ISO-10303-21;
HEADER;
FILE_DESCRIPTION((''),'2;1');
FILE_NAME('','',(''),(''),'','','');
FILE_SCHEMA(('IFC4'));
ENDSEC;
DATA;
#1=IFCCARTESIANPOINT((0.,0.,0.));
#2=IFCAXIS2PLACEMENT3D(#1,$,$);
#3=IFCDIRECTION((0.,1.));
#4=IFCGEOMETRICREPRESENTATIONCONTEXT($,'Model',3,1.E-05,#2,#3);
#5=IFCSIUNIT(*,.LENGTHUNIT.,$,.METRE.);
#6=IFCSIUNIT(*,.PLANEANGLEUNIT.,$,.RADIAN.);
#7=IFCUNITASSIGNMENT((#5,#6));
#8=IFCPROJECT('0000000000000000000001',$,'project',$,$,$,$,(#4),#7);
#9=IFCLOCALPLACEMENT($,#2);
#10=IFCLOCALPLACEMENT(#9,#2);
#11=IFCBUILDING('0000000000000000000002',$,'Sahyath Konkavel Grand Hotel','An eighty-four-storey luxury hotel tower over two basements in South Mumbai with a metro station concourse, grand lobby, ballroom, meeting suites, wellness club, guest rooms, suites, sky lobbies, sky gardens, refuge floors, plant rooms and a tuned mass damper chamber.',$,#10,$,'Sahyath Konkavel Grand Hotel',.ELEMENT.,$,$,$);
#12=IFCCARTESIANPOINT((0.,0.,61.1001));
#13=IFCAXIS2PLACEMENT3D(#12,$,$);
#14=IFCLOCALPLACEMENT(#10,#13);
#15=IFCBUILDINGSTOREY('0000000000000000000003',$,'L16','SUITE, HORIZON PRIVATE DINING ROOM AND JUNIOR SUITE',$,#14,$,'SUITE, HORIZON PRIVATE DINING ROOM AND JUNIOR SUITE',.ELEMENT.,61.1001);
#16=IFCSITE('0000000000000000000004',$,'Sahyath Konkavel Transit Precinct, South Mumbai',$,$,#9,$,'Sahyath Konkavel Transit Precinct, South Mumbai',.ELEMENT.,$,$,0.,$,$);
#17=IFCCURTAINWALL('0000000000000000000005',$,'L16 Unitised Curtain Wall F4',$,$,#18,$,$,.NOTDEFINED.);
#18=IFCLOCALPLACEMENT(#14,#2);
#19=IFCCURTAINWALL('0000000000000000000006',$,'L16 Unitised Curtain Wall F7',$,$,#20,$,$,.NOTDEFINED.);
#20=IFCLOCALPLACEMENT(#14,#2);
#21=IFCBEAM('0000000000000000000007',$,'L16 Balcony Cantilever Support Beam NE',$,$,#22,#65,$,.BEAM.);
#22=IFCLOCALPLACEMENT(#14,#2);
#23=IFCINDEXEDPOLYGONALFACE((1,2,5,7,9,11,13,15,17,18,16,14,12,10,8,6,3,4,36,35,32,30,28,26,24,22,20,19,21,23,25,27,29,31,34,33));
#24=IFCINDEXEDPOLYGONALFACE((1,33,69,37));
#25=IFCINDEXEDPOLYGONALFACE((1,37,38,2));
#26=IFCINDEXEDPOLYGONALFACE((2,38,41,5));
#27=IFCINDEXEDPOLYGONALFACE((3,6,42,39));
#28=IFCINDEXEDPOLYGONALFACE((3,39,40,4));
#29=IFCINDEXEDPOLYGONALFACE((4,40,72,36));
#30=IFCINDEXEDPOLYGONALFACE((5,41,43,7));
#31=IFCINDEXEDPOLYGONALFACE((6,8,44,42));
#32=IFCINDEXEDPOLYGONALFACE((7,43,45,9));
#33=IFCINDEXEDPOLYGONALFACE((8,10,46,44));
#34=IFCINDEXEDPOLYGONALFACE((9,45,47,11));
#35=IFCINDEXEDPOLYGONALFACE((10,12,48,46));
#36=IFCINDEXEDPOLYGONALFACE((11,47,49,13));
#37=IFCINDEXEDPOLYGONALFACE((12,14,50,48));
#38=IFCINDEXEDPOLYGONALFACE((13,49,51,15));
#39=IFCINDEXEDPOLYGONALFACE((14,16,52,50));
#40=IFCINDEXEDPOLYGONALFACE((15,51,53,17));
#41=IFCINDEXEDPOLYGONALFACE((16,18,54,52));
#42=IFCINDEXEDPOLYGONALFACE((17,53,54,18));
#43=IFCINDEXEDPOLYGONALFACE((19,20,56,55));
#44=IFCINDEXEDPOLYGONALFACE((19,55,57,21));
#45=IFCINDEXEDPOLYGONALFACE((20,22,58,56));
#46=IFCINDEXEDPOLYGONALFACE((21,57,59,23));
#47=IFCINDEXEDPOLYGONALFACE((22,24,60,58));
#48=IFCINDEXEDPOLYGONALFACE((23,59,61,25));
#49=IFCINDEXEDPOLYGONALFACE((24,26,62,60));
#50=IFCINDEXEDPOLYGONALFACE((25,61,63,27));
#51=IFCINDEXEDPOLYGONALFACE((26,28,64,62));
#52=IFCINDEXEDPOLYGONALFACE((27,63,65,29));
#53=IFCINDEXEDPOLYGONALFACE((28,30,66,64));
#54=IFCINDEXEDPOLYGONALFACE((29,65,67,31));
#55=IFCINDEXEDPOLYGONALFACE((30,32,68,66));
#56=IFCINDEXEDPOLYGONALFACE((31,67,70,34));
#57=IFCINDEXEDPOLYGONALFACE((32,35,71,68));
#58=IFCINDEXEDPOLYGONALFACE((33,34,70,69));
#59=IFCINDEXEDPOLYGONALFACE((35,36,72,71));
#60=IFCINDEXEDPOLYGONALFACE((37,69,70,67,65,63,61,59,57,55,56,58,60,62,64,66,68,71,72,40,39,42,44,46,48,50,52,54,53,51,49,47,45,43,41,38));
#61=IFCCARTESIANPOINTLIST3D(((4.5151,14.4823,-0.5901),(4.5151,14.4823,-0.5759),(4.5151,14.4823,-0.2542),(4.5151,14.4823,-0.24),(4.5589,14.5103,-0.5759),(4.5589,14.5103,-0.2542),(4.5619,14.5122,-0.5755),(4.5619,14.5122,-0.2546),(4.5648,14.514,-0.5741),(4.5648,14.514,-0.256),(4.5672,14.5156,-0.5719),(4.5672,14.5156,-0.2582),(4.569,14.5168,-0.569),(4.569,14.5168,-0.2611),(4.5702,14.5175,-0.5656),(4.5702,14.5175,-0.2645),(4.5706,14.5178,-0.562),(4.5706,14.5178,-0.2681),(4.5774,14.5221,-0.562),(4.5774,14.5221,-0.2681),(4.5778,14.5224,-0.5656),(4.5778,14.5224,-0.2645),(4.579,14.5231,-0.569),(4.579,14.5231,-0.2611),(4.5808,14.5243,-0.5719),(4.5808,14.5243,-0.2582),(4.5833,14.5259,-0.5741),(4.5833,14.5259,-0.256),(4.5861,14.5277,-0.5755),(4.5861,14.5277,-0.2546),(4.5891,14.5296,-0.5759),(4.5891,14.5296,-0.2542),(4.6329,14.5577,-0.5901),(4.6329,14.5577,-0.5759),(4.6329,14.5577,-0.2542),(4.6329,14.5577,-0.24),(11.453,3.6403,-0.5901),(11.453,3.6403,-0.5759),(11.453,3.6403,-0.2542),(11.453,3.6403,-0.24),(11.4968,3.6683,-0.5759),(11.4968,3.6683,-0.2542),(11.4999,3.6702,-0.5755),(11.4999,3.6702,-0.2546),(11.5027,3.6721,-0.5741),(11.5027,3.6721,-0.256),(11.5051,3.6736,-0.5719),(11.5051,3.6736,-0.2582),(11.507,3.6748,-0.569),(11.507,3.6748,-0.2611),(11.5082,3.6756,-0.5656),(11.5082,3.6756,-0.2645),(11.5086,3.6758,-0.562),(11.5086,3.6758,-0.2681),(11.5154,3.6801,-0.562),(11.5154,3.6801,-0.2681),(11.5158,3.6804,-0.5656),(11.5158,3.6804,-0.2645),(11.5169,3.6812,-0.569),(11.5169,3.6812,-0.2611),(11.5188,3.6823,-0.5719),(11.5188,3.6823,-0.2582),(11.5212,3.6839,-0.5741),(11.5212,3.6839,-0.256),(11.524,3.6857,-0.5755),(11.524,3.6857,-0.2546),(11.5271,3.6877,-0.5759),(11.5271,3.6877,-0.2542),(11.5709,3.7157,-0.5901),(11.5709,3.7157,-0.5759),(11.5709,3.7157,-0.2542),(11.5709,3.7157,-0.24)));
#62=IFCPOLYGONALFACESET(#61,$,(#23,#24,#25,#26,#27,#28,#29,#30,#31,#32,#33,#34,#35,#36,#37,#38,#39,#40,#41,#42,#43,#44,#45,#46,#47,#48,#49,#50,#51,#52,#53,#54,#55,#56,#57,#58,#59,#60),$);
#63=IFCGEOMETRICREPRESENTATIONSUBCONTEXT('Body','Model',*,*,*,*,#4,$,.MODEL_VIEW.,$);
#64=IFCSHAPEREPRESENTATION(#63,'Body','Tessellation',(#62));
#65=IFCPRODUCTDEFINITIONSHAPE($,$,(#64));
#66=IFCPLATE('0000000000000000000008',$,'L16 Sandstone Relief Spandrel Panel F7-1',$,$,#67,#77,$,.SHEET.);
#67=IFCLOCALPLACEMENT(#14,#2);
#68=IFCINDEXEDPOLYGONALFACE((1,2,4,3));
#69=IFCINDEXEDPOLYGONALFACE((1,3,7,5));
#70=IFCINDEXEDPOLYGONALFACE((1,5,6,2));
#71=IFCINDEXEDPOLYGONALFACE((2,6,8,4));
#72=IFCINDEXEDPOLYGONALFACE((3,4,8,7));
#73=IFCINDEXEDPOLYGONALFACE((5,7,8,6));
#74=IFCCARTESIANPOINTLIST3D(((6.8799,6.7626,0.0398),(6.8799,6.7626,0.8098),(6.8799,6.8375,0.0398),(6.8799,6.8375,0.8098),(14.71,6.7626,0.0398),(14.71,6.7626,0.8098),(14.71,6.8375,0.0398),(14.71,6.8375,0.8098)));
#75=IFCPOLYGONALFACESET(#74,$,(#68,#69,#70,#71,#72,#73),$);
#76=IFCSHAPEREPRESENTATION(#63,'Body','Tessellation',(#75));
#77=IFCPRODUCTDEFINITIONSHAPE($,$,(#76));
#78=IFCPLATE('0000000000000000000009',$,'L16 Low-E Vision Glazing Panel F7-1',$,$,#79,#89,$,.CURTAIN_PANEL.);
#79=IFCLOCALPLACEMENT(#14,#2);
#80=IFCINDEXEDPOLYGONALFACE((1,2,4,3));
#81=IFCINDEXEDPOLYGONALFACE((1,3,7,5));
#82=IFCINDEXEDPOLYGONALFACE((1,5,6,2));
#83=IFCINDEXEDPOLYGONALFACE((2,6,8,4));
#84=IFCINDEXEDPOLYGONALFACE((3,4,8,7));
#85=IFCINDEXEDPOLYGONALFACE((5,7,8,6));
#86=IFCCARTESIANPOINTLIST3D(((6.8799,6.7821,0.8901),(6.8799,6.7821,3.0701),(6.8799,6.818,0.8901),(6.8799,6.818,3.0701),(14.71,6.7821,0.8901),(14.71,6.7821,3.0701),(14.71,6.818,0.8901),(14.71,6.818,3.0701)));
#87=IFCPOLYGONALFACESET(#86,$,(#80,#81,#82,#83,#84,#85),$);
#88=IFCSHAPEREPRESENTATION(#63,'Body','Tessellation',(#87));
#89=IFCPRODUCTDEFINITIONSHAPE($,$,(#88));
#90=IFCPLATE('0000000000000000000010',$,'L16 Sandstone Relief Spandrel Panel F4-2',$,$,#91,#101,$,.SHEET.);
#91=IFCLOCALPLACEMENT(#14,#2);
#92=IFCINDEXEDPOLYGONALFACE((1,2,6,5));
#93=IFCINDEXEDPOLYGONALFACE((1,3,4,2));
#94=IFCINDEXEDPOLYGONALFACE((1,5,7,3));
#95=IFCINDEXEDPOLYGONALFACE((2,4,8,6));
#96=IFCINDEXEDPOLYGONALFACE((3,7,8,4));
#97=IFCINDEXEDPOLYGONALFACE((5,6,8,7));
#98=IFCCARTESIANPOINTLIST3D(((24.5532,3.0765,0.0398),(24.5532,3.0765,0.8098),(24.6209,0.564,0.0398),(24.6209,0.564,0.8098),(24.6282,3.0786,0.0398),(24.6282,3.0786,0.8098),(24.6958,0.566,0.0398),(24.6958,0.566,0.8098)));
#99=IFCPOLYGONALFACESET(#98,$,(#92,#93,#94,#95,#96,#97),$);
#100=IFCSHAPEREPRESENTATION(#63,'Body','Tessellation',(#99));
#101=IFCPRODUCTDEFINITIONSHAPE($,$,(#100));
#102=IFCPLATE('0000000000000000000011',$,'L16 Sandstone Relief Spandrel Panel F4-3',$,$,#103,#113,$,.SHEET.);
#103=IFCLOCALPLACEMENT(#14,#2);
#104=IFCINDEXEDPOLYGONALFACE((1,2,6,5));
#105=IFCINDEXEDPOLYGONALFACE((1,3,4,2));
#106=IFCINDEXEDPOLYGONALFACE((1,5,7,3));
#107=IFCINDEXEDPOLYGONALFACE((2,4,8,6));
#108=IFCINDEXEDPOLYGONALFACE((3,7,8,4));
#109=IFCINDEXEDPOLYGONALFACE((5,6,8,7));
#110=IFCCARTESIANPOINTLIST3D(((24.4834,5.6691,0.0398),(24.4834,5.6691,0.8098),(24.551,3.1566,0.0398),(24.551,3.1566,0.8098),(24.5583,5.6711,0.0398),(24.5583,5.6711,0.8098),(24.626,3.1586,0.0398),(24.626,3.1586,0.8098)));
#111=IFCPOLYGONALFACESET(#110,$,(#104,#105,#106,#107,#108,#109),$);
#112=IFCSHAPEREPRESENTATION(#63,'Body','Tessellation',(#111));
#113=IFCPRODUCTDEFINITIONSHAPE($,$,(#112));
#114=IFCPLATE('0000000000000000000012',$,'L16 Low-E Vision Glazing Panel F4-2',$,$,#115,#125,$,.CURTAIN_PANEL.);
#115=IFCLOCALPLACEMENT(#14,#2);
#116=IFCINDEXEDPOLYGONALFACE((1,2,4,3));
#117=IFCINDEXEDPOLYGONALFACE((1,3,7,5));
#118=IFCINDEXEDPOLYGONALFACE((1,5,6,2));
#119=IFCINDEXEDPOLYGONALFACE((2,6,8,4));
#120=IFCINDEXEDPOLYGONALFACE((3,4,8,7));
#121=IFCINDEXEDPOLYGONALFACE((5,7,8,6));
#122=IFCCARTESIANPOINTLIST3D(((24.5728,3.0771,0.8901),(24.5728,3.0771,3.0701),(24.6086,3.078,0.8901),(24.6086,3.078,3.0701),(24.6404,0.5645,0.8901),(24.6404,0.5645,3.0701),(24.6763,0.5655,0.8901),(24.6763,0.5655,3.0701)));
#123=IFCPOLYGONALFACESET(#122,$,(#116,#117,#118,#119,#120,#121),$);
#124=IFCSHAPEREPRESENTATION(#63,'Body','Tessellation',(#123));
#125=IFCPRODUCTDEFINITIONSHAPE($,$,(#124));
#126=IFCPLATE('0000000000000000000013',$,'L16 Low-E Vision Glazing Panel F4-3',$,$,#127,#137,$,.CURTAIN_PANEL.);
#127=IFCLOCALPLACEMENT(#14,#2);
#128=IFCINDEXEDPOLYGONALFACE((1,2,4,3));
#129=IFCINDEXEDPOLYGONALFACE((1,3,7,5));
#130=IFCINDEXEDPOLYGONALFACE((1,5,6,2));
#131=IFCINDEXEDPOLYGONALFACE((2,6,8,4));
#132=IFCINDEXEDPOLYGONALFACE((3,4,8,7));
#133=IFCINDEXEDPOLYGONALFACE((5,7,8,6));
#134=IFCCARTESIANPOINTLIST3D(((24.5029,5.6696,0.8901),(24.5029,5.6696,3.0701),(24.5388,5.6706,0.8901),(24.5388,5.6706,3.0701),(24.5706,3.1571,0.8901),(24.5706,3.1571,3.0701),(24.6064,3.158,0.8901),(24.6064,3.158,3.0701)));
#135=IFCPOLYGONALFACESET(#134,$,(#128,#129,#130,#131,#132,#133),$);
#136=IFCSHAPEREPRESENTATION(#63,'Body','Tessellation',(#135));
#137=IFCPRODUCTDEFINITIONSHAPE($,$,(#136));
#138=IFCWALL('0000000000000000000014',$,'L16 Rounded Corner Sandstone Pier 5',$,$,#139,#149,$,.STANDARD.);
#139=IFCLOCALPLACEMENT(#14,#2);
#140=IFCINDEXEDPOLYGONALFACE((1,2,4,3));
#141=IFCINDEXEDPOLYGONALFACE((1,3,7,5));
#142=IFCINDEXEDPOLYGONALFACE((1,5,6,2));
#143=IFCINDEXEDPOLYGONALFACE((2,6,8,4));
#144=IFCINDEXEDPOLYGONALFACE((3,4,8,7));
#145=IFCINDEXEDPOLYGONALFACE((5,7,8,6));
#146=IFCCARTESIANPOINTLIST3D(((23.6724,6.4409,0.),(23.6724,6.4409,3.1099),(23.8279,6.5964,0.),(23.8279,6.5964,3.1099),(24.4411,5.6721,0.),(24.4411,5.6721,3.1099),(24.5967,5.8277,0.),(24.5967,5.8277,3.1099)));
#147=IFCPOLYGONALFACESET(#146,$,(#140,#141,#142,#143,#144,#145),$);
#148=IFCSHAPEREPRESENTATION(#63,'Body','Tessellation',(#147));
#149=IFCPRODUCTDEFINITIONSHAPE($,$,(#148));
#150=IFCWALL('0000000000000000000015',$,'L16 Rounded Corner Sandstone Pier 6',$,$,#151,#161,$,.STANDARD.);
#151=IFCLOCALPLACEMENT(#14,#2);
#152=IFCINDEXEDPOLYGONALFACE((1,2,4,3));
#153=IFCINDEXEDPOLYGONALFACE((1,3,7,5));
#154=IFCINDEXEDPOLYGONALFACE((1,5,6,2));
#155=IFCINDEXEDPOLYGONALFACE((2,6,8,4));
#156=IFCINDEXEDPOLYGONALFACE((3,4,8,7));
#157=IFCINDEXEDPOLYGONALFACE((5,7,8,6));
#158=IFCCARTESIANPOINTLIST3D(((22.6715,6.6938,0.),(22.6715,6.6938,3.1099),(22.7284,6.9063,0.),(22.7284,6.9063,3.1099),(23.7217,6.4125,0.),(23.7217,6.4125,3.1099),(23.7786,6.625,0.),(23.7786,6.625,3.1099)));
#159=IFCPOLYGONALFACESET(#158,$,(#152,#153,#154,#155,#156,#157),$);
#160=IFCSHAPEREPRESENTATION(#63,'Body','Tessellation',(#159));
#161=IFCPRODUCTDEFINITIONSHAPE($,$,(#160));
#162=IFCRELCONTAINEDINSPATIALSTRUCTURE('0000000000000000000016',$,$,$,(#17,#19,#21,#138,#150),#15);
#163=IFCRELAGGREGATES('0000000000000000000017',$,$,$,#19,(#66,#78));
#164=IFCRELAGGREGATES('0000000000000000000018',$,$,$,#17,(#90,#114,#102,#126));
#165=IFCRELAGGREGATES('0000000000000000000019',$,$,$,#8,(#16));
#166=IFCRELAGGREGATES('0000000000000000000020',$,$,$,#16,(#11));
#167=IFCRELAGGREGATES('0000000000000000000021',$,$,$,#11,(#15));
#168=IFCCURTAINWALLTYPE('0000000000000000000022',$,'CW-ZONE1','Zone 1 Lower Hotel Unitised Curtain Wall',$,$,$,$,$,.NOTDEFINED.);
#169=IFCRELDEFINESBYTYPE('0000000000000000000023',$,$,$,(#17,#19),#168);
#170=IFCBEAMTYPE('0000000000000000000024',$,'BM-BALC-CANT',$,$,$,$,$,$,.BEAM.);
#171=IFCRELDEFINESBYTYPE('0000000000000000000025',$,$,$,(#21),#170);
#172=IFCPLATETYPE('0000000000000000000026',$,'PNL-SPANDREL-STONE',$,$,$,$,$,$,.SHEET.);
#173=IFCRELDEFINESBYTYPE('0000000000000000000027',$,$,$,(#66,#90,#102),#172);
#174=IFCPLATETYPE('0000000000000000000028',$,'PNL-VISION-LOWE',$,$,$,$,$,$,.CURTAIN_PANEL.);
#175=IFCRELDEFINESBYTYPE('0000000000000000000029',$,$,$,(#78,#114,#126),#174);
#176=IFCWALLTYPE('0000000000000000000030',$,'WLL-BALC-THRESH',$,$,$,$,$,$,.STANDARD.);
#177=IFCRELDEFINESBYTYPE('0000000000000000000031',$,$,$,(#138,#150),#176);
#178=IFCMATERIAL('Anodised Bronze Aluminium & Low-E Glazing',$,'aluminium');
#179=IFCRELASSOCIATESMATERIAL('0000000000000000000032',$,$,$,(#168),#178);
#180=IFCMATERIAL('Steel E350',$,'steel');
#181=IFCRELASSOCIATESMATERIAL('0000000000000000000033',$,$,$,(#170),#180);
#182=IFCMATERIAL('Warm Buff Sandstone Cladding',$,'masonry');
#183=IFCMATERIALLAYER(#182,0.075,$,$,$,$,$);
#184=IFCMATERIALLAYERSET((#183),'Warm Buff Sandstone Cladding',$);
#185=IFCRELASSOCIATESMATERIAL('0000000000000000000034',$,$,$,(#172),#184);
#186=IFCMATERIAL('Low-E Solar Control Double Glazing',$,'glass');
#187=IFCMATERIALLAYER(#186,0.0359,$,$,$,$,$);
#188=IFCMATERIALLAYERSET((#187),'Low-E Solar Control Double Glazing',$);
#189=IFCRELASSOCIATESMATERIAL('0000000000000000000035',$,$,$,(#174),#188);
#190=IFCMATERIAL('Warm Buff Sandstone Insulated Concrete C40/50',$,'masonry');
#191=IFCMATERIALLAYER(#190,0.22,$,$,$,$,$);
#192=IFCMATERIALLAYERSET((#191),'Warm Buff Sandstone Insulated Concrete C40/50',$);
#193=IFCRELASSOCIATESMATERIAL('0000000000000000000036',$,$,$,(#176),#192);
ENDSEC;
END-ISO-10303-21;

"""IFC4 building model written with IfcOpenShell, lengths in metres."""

from ifc_helpers import new_model, si_unit, direction, frame, frame_2d, origin, origin_2d, place, context, subcontext, project, spatial, rectangle, i_section, extrude, source, transform, mapped, material, layer, layer_set, material_profile, profile_set, type_object, element, aggregate, save


model = new_model("IFC4")

# Units and contexts
model_context = context("Model", 3, precision=1e-05, world=origin(), true_north=direction((0.0, 1.0)))
body_context = subcontext(model_context, "Body", "Model", "MODEL_VIEW")
ifc_project = project(units=[si_unit("LENGTHUNIT", "METRE"), si_unit("PLANEANGLEUNIT", "RADIAN")], contexts=[model_context])

# Site, building, storey
site_placement = place(None, origin())
site = spatial("IfcSite", under=ifc_project, at=site_placement, Name="Sahyath Konkavel Transit Precinct, South Mumbai", LongName="Sahyath Konkavel Transit Precinct, South Mumbai", CompositionType="ELEMENT", RefElevation=0.0)
building_placement = place(site_placement, origin())
building = spatial("IfcBuilding", under=site, at=building_placement, Name="Sahyath Konkavel Grand Hotel", Description="An eighty-four-storey luxury hotel tower over two basements in South Mumbai with a metro station concourse, grand lobby, ballroom, meeting suites, wellness club, guest rooms, suites, sky lobbies, sky gardens, refuge floors, plant rooms and a tuned mass damper chamber.", LongName="Sahyath Konkavel Grand Hotel", CompositionType="ELEMENT")
storey_placement = place(building_placement, frame((0.0, 0.0, 61.1001)))
storey = spatial("IfcBuildingStorey", under=building, at=storey_placement, Name="L16", Description="SUITE, HORIZON PRIVATE DINING ROOM AND JUNIOR SUITE", LongName="SUITE, HORIZON PRIVATE DINING ROOM AND JUNIOR SUITE", CompositionType="ELEMENT", Elevation=61.1001)

# Shared definitions
ifc_material_1 = material(Name="Steel E350", Category="steel")

# Curtain wall
ifc_material_2 = material(Name="Anodised Bronze Aluminium & Low-E Glazing", Category="aluminium")
curtain_wall_type = type_object("IfcCurtainWallType", Name="CW-ZONE1", Description="Zone 1 Lower Hotel Unitised Curtain Wall", PredefinedType="NOTDEFINED", material=ifc_material_2)
curtain_wall_1_placement = place(storey_placement, origin())
curtain_wall_1 = element("IfcCurtainWall", 1, at=curtain_wall_1_placement, inside=storey, type_object=curtain_wall_type, Name="L16 Unitised Curtain Wall F4", PredefinedType="NOTDEFINED")

# Curtain wall
curtain_wall_2_placement = place(storey_placement, origin())
curtain_wall_2 = element("IfcCurtainWall", 2, at=curtain_wall_2_placement, inside=storey, type_object=curtain_wall_type, Name="L16 Unitised Curtain Wall F7", PredefinedType="NOTDEFINED")

# Beam
ifc_material_profile_1 = material_profile(ifc_material_1, i_section(OverallWidth=0.1399, OverallDepth=0.3501, WebThickness=0.0081, FlangeThickness=0.0142, FilletRadius=0.0139, at=origin_2d()), Name="ISMB 350")
ifc_profile_set_1 = profile_set([ifc_material_profile_1], Name="Steel E350")
beam_type_1 = type_object("IfcBeamType", Name="BM-BALC-CANT", PredefinedType="BEAM", material=ifc_profile_set_1)
shared_shape_1 = source(origin(), body_context, "Body", "SweptSolid", [
    extrude(i_section(OverallWidth=0.1399, OverallDepth=0.3501, WebThickness=0.0081, FlangeThickness=0.0142, FilletRadius=0.0139, at=origin_2d()), origin(), (0.0, 0.0, 1.0), 12.8718),
])
beam_1_placement = place(storey_placement, frame((11.512, 3.678, -0.415), z_axis=(-0.539003, 0.842304, 0.0), x_axis=(-0.842304, -0.539003, 0.0)))
element("IfcBeam", 3, at=beam_1_placement, inside=storey, type_object=beam_type_1, Name="L16 Balcony Cantilever Support Beam NE", PredefinedType="BEAM", context=body_context, shape_type="MappedRepresentation", body=[
    mapped(shared_shape_1, transform((0.0, 0.0, 0.0), scale=1.0)),
])

# Plates
ifc_material_3 = material(Name="Warm Buff Sandstone Cladding", Category="masonry")
ifc_layer_1 = layer(ifc_material_3, 0.075)
ifc_layer_set_1 = layer_set([ifc_layer_1], Name="Warm Buff Sandstone Cladding")
plate_type_1 = type_object("IfcPlateType", Name="PNL-SPANDREL-STONE", PredefinedType="SHEET", material=ifc_layer_set_1)
shared_shape_2 = source(origin(), body_context, "Body", "SweptSolid", [
    extrude(rectangle(XDim=7.8301, YDim=0.075, at=origin_2d()), origin(), (0.0, 0.0, 1.0), 0.77),
])
plate_1_placement = place(storey_placement, frame((10.7949, 6.8, 0.0398), z_axis=(0.0, 0.0, 1.0), x_axis=(-1.0, 0.0, 0.0)))
plate_1 = element("IfcPlate", 4, at=plate_1_placement, type_object=plate_type_1, Name="L16 Sandstone Relief Spandrel Panel F7-1", PredefinedType="SHEET", context=body_context, shape_type="MappedRepresentation", body=[
    mapped(shared_shape_2, transform((0.0, 0.0, 0.0), scale=1.0)),
])
ifc_material_4 = material(Name="Low-E Solar Control Double Glazing", Category="glass")
ifc_layer_2 = layer(ifc_material_4, 0.0359)
ifc_layer_set_2 = layer_set([ifc_layer_2], Name="Low-E Solar Control Double Glazing")
plate_type_2 = type_object("IfcPlateType", Name="PNL-VISION-LOWE", PredefinedType="CURTAIN_PANEL", material=ifc_layer_set_2)
shared_shape_3 = source(origin(), body_context, "Body", "SweptSolid", [
    extrude(rectangle(XDim=7.8301, YDim=0.0359, at=origin_2d()), origin(), (0.0, 0.0, 1.0), 2.1799),
])
plate_2_placement = place(storey_placement, frame((10.7949, 6.8, 0.8901), z_axis=(0.0, 0.0, 1.0), x_axis=(-1.0, 0.0, 0.0)))
plate_2 = element("IfcPlate", 5, at=plate_2_placement, type_object=plate_type_2, Name="L16 Low-E Vision Glazing Panel F7-1", PredefinedType="CURTAIN_PANEL", context=body_context, shape_type="MappedRepresentation", body=[
    mapped(shared_shape_3, transform((0.0, 0.0, 0.0), scale=1.0)),
])
aggregate(curtain_wall_2, [plate_1, plate_2])
shared_shape_4 = source(origin(), body_context, "Body", "SweptSolid", [
    extrude(rectangle(XDim=2.5134, YDim=0.075, at=origin_2d()), origin(), (0.0, 0.0, 1.0), 0.77),
])
plate_3_placement = place(storey_placement, frame((24.6245, 1.8213, 0.0398), z_axis=(0.0, 0.0, 1.0), x_axis=(-0.02691, 0.999638, 0.0)))
plate_3 = element("IfcPlate", 6, at=plate_3_placement, type_object=plate_type_1, Name="L16 Sandstone Relief Spandrel Panel F4-2", PredefinedType="SHEET", context=body_context, shape_type="MappedRepresentation", body=[
    mapped(shared_shape_4, transform((0.0, 0.0, 0.0), scale=1.0)),
])
plate_4_placement = place(storey_placement, frame((24.5547, 4.4138, 0.0398), z_axis=(0.0, 0.0, 1.0), x_axis=(-0.02691, 0.999638, 0.0)))
plate_4 = element("IfcPlate", 7, at=plate_4_placement, type_object=plate_type_1, Name="L16 Sandstone Relief Spandrel Panel F4-3", PredefinedType="SHEET", context=body_context, shape_type="MappedRepresentation", body=[
    mapped(shared_shape_4, transform((0.0, 0.0, 0.0), scale=1.0)),
])
shared_shape_5 = source(origin(), body_context, "Body", "SweptSolid", [
    extrude(rectangle(XDim=2.5134, YDim=0.0359, at=origin_2d()), origin(), (0.0, 0.0, 1.0), 2.1799),
])
plate_5_placement = place(storey_placement, frame((24.6245, 1.8213, 0.8901), z_axis=(0.0, 0.0, 1.0), x_axis=(-0.02691, 0.999638, 0.0)))
plate_5 = element("IfcPlate", 8, at=plate_5_placement, type_object=plate_type_2, Name="L16 Low-E Vision Glazing Panel F4-2", PredefinedType="CURTAIN_PANEL", context=body_context, shape_type="MappedRepresentation", body=[
    mapped(shared_shape_5, transform((0.0, 0.0, 0.0), scale=1.0)),
])
plate_6_placement = place(storey_placement, frame((24.5547, 4.4138, 0.8901), z_axis=(0.0, 0.0, 1.0), x_axis=(-0.02691, 0.999638, 0.0)))
plate_6 = element("IfcPlate", 9, at=plate_6_placement, type_object=plate_type_2, Name="L16 Low-E Vision Glazing Panel F4-3", PredefinedType="CURTAIN_PANEL", context=body_context, shape_type="MappedRepresentation", body=[
    mapped(shared_shape_5, transform((0.0, 0.0, 0.0), scale=1.0)),
])
aggregate(curtain_wall_1, [plate_3, plate_5, plate_4, plate_6])

# Walls
ifc_material_5 = material(Name="Warm Buff Sandstone Insulated Concrete C40/50", Category="masonry")
ifc_layer_3 = layer(ifc_material_5, 0.22)
ifc_layer_set_3 = layer_set([ifc_layer_3], Name="Warm Buff Sandstone Insulated Concrete C40/50")
wall_type_1 = type_object("IfcWallType", Name="WLL-BALC-THRESH", PredefinedType="STANDARD", material=ifc_layer_set_3)
for number, where, z_axis, x_axis, name in (
    (10, (24.5188, 5.75, 0.0), (0.0, 0.0, 1.0), (-0.707107, 0.707107, 0.0), "L16 Rounded Corner Sandstone Pier 5"),
    (11, (23.75, 6.5188, 0.0), (0.0, 0.0, 1.0), (-0.965951, 0.258725, 0.0), "L16 Rounded Corner Sandstone Pier 6"),
):
    element("IfcWall", number, at=place(storey_placement, frame(where, z_axis=z_axis, x_axis=x_axis)), inside=storey, type_object=wall_type_1, Name=name, PredefinedType="STANDARD", context=body_context, shape_type="SweptSolid", body=[
        extrude(rectangle(XDim=1.0872, YDim=0.22, at=frame_2d((0.5435, 0.0))), origin(), (0.0, 0.0, 1.0), 3.1099),
    ])

save(model, "model.ifc")
